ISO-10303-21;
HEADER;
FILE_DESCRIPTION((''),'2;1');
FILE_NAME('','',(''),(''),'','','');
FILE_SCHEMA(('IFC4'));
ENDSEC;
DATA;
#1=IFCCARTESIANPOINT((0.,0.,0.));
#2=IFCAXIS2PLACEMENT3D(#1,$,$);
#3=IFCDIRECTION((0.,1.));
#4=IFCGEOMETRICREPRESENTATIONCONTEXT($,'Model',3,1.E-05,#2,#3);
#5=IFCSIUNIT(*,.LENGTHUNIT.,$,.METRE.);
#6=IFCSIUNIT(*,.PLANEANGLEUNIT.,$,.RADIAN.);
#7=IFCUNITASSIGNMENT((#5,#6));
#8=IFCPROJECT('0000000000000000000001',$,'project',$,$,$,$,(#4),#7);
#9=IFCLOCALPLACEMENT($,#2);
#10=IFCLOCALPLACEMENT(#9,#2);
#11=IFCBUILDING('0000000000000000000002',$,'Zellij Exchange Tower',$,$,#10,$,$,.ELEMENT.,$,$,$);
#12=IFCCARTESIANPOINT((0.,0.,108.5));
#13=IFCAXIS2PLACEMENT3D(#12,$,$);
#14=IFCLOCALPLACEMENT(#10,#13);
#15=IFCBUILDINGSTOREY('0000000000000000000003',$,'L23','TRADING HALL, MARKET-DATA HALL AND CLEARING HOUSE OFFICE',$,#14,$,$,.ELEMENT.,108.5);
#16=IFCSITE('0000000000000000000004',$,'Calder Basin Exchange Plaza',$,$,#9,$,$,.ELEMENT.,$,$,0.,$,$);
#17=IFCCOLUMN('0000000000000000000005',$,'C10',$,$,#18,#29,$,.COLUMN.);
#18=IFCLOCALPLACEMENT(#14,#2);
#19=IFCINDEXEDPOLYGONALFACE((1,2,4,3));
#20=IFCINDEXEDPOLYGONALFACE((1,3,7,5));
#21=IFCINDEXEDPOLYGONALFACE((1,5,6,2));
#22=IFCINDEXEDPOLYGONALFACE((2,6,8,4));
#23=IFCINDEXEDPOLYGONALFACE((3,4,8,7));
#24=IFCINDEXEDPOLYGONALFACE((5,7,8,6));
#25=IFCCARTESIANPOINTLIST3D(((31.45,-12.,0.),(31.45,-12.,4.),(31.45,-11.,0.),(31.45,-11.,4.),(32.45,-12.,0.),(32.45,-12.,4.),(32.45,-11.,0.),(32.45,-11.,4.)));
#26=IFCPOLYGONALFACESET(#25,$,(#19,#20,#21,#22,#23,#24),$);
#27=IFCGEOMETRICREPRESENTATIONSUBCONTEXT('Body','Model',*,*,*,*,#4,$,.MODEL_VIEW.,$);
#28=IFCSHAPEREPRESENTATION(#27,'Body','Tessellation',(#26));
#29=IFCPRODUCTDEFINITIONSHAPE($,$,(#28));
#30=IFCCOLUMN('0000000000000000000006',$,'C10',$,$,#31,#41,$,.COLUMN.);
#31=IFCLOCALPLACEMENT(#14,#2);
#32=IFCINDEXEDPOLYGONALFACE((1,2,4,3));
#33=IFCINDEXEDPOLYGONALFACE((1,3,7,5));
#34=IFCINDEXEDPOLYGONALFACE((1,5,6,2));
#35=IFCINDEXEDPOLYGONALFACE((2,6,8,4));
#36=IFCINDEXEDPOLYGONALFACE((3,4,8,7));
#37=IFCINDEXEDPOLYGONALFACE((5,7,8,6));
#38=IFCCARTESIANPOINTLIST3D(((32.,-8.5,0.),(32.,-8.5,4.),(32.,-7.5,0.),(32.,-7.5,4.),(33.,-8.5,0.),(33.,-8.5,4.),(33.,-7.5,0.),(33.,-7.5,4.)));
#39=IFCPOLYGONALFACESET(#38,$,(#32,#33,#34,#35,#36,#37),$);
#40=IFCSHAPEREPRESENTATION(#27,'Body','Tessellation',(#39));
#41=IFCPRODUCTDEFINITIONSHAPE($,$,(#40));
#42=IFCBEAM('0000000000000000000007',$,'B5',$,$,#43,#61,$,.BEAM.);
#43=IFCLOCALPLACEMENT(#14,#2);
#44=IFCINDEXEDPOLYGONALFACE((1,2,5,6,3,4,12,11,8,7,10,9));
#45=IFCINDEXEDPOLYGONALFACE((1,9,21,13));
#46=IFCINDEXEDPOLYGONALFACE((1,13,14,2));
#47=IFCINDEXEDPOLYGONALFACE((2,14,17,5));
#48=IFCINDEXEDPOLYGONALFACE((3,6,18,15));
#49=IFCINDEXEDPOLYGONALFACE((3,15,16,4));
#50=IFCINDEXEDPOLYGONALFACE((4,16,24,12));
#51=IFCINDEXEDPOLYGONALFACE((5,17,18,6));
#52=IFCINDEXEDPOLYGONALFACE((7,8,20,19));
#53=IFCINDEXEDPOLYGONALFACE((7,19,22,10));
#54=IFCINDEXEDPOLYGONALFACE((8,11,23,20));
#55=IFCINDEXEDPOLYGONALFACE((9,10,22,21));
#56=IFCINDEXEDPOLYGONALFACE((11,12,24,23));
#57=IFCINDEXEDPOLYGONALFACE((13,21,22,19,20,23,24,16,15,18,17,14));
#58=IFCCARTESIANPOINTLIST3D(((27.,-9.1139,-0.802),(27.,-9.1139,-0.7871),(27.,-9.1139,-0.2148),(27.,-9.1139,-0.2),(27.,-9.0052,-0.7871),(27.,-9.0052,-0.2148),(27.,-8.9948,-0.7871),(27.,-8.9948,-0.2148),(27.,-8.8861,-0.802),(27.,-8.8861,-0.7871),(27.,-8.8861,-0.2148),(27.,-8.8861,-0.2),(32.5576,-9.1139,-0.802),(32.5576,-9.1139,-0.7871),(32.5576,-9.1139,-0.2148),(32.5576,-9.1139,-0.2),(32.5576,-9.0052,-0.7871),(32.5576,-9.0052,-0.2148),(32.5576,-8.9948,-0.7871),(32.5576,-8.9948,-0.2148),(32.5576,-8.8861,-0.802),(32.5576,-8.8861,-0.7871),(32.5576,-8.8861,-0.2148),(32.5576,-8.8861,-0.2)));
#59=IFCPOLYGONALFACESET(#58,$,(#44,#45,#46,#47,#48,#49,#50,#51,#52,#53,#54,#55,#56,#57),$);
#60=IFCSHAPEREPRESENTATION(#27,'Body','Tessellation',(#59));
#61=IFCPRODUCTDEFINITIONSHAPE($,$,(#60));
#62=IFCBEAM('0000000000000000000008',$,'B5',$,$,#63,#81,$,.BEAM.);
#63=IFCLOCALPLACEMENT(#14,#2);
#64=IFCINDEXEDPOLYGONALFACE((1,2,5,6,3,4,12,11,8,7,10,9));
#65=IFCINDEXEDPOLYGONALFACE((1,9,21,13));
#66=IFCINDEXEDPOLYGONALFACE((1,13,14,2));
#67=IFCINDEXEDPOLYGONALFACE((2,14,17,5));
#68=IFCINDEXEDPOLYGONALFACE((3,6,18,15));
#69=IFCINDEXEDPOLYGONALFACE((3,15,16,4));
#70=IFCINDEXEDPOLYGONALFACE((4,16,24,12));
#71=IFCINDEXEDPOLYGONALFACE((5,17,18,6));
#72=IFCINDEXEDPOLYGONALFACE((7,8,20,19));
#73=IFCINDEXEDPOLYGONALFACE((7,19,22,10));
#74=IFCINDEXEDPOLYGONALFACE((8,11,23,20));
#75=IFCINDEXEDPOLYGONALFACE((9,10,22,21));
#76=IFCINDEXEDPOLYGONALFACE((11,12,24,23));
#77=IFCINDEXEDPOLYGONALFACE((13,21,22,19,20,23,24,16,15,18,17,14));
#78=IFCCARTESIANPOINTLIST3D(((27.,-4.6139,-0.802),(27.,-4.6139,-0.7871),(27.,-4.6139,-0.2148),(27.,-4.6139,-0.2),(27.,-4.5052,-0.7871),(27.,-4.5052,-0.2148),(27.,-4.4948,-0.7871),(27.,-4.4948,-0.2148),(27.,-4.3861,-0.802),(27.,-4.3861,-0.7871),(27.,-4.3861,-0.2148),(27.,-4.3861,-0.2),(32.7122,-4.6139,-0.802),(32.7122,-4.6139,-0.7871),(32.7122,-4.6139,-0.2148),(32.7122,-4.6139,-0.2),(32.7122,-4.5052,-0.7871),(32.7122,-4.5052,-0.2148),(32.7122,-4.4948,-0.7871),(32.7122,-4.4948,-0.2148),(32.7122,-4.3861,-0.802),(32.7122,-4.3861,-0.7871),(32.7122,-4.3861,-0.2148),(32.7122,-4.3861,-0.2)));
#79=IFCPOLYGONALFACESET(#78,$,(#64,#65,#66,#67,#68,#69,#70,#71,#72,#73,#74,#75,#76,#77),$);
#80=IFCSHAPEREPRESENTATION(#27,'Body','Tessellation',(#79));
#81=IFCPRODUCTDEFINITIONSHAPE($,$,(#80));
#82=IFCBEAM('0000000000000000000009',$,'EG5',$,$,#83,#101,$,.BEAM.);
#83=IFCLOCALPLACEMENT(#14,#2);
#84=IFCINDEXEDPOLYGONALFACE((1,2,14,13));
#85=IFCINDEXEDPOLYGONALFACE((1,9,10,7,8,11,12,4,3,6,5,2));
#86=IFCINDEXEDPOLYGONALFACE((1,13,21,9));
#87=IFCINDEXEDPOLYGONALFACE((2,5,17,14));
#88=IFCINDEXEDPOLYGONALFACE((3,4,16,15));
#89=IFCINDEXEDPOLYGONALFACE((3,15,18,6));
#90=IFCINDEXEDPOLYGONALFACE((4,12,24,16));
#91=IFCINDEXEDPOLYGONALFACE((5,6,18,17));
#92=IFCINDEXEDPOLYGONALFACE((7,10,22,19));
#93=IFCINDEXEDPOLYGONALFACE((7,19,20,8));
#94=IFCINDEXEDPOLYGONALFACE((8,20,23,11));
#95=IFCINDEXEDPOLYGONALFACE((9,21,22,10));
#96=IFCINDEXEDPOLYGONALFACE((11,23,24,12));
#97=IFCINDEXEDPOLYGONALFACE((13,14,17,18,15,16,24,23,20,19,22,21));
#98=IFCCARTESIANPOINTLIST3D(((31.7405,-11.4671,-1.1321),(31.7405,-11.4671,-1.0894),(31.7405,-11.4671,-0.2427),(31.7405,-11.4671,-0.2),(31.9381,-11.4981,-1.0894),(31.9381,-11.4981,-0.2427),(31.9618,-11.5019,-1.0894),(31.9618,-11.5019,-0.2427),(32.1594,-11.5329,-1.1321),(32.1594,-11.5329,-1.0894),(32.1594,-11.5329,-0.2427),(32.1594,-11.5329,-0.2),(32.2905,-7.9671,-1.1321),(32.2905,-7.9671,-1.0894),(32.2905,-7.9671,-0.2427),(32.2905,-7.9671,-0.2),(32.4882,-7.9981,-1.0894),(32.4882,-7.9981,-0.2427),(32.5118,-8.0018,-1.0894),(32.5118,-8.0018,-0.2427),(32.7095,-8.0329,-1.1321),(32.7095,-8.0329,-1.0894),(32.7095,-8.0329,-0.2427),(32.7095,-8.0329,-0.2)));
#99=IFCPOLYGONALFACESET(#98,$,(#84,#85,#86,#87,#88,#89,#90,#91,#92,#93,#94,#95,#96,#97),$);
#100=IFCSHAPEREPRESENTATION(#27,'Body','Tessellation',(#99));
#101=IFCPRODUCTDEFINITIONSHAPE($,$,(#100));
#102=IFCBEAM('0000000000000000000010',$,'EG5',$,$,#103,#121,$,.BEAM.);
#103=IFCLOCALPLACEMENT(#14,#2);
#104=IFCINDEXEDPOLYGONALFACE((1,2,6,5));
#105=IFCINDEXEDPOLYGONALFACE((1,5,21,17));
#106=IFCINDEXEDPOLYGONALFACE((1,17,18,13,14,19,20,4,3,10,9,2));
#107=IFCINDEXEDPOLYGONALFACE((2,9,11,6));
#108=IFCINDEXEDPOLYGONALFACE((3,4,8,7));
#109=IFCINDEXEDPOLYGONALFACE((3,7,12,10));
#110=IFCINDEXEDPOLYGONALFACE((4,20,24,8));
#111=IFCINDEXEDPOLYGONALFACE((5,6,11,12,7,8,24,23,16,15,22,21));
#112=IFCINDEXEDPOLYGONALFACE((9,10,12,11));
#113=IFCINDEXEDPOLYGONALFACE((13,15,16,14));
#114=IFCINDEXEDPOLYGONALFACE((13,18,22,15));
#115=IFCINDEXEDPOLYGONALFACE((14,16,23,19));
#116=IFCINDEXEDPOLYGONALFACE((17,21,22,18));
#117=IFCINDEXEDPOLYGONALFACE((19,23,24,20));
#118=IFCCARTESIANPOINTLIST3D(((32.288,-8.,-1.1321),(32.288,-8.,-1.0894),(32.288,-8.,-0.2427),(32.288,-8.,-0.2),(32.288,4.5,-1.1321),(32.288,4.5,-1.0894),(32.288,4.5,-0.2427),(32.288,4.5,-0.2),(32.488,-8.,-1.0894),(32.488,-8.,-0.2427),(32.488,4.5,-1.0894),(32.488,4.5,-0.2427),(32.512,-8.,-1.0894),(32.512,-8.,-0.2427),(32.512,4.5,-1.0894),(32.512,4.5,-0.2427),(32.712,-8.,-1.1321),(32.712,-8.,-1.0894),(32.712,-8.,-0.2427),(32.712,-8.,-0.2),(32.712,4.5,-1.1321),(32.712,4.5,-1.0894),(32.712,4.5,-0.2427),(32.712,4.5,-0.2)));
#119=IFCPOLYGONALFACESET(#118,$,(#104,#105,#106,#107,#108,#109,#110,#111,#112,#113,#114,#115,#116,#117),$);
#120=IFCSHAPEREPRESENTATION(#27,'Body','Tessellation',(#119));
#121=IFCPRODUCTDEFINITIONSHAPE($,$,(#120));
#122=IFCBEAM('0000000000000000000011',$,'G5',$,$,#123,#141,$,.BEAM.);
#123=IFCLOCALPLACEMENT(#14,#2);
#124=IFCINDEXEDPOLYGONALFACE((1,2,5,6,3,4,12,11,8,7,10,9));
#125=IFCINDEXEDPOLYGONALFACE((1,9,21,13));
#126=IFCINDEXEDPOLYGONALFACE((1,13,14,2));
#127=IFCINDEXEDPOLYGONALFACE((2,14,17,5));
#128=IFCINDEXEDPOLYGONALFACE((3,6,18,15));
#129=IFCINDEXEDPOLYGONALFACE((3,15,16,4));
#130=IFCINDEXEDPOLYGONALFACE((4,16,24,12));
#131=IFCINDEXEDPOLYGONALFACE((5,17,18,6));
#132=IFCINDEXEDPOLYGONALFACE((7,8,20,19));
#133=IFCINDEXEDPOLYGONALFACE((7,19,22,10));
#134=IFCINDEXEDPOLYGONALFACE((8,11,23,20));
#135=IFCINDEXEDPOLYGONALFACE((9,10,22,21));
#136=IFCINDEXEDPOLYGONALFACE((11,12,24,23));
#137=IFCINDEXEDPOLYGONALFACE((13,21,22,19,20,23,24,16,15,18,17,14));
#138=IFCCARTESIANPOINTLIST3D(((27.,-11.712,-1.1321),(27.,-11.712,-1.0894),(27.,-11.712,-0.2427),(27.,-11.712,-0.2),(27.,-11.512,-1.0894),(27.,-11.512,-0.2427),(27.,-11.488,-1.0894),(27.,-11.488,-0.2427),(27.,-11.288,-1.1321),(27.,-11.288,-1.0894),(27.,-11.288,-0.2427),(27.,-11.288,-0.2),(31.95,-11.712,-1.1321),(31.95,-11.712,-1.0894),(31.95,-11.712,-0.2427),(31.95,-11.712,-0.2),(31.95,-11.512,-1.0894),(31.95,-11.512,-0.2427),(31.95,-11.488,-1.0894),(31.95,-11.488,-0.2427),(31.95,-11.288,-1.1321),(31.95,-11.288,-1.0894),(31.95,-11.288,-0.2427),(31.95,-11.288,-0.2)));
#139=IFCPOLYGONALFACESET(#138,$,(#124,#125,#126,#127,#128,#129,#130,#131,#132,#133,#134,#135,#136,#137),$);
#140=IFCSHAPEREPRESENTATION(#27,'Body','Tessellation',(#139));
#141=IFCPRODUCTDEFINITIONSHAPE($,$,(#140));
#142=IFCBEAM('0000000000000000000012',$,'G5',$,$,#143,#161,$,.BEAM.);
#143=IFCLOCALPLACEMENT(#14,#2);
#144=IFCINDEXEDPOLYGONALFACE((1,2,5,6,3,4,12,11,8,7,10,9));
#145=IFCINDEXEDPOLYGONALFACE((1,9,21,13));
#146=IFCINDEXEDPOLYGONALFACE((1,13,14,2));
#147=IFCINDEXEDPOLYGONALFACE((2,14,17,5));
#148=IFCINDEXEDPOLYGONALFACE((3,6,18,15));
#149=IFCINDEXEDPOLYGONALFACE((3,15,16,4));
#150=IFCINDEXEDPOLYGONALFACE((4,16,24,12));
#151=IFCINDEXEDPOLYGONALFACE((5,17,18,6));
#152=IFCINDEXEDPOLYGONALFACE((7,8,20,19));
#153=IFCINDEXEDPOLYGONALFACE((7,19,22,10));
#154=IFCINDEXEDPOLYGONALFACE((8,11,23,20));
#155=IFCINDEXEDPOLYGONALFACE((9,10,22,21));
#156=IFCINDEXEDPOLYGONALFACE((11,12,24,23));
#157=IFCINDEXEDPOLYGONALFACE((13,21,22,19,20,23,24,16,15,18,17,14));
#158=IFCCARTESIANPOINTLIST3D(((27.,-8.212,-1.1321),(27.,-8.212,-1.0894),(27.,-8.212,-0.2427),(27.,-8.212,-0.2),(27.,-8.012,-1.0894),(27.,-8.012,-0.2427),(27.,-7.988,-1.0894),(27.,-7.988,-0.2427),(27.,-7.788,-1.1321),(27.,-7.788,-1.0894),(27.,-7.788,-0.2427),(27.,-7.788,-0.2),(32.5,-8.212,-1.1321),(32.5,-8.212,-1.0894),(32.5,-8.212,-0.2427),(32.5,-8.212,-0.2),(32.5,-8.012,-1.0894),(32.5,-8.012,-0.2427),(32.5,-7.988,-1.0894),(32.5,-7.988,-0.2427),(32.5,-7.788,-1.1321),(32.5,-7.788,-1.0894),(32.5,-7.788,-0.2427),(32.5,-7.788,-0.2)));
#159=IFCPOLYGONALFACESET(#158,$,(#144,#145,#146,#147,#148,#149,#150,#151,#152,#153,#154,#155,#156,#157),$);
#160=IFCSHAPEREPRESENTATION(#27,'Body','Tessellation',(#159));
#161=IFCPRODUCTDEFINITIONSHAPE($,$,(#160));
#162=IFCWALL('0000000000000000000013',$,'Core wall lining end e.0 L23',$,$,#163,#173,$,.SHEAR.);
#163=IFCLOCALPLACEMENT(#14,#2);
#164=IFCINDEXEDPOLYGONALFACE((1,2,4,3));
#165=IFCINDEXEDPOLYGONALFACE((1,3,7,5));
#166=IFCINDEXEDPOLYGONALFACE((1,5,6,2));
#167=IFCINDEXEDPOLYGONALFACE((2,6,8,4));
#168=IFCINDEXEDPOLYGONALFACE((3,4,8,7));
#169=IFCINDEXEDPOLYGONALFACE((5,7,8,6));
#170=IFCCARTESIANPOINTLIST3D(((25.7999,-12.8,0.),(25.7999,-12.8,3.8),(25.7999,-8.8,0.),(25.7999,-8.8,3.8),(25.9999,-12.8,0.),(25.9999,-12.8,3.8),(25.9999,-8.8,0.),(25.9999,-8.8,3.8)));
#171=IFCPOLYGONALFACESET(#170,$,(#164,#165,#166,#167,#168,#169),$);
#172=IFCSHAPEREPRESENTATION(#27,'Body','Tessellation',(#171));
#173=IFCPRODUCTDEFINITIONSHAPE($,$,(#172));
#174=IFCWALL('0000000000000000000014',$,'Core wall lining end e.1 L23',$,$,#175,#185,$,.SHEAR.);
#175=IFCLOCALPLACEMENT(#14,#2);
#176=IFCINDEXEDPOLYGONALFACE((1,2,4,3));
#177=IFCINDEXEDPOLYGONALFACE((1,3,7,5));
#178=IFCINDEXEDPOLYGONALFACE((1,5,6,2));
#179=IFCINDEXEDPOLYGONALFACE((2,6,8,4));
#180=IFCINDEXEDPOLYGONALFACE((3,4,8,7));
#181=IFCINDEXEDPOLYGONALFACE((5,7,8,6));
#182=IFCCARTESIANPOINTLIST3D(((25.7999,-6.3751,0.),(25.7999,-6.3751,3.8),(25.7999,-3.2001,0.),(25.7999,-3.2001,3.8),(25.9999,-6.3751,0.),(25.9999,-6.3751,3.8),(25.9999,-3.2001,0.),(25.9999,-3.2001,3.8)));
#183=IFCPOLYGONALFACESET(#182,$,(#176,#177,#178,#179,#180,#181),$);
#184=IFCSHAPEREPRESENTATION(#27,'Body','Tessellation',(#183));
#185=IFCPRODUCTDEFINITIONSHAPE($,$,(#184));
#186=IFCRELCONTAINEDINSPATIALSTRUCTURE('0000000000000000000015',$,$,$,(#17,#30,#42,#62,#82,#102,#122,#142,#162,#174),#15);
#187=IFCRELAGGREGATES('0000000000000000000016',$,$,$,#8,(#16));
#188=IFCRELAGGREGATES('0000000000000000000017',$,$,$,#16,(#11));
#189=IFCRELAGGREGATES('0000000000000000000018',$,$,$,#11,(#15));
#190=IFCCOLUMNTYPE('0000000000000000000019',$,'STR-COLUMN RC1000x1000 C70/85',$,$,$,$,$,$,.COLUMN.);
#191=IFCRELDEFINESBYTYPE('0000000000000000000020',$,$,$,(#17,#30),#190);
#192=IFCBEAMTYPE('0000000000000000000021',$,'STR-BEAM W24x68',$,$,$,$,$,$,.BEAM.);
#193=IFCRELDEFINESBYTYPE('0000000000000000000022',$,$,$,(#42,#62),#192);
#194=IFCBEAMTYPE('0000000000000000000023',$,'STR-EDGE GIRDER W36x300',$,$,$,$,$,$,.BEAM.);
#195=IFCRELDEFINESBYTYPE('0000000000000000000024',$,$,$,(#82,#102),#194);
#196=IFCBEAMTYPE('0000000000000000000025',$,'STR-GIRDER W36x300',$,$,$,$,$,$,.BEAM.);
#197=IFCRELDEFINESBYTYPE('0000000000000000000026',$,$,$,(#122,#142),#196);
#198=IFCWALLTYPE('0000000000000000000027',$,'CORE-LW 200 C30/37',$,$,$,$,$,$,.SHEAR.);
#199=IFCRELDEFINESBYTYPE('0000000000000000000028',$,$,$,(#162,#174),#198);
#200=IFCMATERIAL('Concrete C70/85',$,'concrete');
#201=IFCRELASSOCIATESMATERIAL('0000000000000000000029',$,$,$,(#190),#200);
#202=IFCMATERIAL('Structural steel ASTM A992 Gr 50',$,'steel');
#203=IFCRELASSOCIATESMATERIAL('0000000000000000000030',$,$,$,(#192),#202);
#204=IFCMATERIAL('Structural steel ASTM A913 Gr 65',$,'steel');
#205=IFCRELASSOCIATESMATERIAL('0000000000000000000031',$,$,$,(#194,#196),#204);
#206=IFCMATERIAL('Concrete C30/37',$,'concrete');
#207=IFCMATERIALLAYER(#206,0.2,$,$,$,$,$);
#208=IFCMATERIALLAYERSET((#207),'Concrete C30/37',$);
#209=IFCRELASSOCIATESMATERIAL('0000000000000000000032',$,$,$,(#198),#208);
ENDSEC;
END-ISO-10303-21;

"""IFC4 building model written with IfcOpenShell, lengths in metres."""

from ifc_helpers import new_model, si_unit, direction, frame, frame_2d, origin, origin_2d, place, context, subcontext, project, spatial, rectangle, i_section, extrude, material, layer, layer_set, material_profile, profile_set, type_object, element, save


model = new_model("IFC4")

# Units and contexts
model_context = context("Model", 3, precision=1e-05, world=origin(), true_north=direction((0.0, 1.0)))
body_context = subcontext(model_context, "Body", "Model", "MODEL_VIEW")
ifc_project = project(units=[si_unit("LENGTHUNIT", "METRE"), si_unit("PLANEANGLEUNIT", "RADIAN")], contexts=[model_context])

# Site, building, storey
site_placement = place(None, origin())
site = spatial("IfcSite", under=ifc_project, at=site_placement, Name="Calder Basin Exchange Plaza", CompositionType="ELEMENT", RefElevation=0.0)
building_placement = place(site_placement, origin())
building = spatial("IfcBuilding", under=site, at=building_placement, Name="Zellij Exchange Tower", CompositionType="ELEMENT")
storey_placement = place(building_placement, frame((0.0, 0.0, 108.5)))
storey = spatial("IfcBuildingStorey", under=building, at=storey_placement, Name="L23", Description="TRADING HALL, MARKET-DATA HALL AND CLEARING HOUSE OFFICE", CompositionType="ELEMENT", Elevation=108.5)

# Columns
ifc_material_1 = material(Name="Concrete C70/85", Category="concrete")
ifc_material_profile_1 = material_profile(ifc_material_1, rectangle(XDim=1.0, YDim=1.0, at=origin_2d()), Name="STR-COLUMN RC1000x1000 C70/85")
ifc_profile_set_1 = profile_set([ifc_material_profile_1], Name="Concrete C70/85")
column_type = type_object("IfcColumnType", Name="STR-COLUMN RC1000x1000 C70/85", PredefinedType="COLUMN", material=ifc_profile_set_1)
for number, where, z_axis, x_axis, name in (
    (1, (31.95, -11.5, 0.0), (0.0, 0.0, 1.0), (1.0, 0.0, 0.0), "C10"),
    (2, (32.5, -8.0, 0.0), (0.0, 0.0, 1.0), (1.0, 0.0, 0.0), "C10"),
):
    element("IfcColumn", number, at=place(storey_placement, frame(where, z_axis=z_axis, x_axis=x_axis)), inside=storey, type_object=column_type, Name=name, PredefinedType="COLUMN", context=body_context, shape_type="SweptSolid", body=[
        extrude(rectangle(XDim=1.0, YDim=1.0, at=origin_2d()), origin(), (0.0, 0.0, 1.0), 4.0),
    ])

# Beams
ifc_material_2 = material(Name="Structural steel ASTM A992 Gr 50", Category="steel")
ifc_material_profile_2 = material_profile(ifc_material_2, i_section(OverallWidth=0.2278, OverallDepth=0.6021, WebThickness=0.0105, FlangeThickness=0.0149, at=origin_2d()), Name="W24x68")
ifc_profile_set_2 = profile_set([ifc_material_profile_2], Name="Structural steel ASTM A992 Gr 50")
beam_type_1 = type_object("IfcBeamType", Name="STR-BEAM W24x68", PredefinedType="BEAM", material=ifc_profile_set_2)
beam_1_placement = place(storey_placement, frame((27.0, -9.0, -0.501), z_axis=(1.0, 0.0, 0.0), x_axis=(0.0, 1.0, 0.0)))
element("IfcBeam", 3, at=beam_1_placement, inside=storey, type_object=beam_type_1, Name="B5", PredefinedType="BEAM", context=body_context, shape_type="SweptSolid", body=[
    extrude(i_section(OverallWidth=0.2278, OverallDepth=0.6021, WebThickness=0.0105, FlangeThickness=0.0149, at=origin_2d()), origin(), (0.0, 0.0, 1.0), 5.5576),
])
beam_2_placement = place(storey_placement, frame((27.0, -4.5, -0.501), z_axis=(1.0, 0.0, 0.0), x_axis=(0.0, 1.0, 0.0)))
element("IfcBeam", 4, at=beam_2_placement, inside=storey, type_object=beam_type_1, Name="B5", PredefinedType="BEAM", context=body_context, shape_type="SweptSolid", body=[
    extrude(i_section(OverallWidth=0.2278, OverallDepth=0.6021, WebThickness=0.0105, FlangeThickness=0.0149, at=origin_2d()), origin(), (0.0, 0.0, 1.0), 5.7122),
])
ifc_material_3 = material(Name="Structural steel ASTM A913 Gr 65", Category="steel")
ifc_material_profile_3 = material_profile(ifc_material_3, i_section(OverallWidth=0.4241, OverallDepth=0.9321, WebThickness=0.0239, FlangeThickness=0.0427, at=origin_2d()), Name="W36x300")
ifc_profile_set_3 = profile_set([ifc_material_profile_3], Name="Structural steel ASTM A913 Gr 65")
beam_type_2 = type_object("IfcBeamType", Name="STR-EDGE GIRDER W36x300", PredefinedType="BEAM", material=ifc_profile_set_3)
beam_3_placement = place(storey_placement, frame((31.95, -11.5, -0.666), z_axis=(0.155251, 0.987875, 0.0), x_axis=(-0.987875, 0.155251, 0.0)))
element("IfcBeam", 5, at=beam_3_placement, inside=storey, type_object=beam_type_2, Name="EG5", PredefinedType="BEAM", context=body_context, shape_type="SweptSolid", body=[
    extrude(i_section(OverallWidth=0.4241, OverallDepth=0.9321, WebThickness=0.0239, FlangeThickness=0.0427, at=origin_2d()), origin(), (0.0, 0.0, 1.0), 3.543),
])
beam_4_placement = place(storey_placement, frame((32.5, -8.0, -0.666), z_axis=(0.0, 1.0, 0.0), x_axis=(-1.0, 0.0, 0.0)))
element("IfcBeam", 6, at=beam_4_placement, inside=storey, type_object=beam_type_2, Name="EG5", PredefinedType="BEAM", context=body_context, shape_type="SweptSolid", body=[
    extrude(i_section(OverallWidth=0.4241, OverallDepth=0.9321, WebThickness=0.0239, FlangeThickness=0.0427, at=origin_2d()), origin(), (0.0, 0.0, 1.0), 12.5),
])
ifc_material_profile_4 = material_profile(ifc_material_3, i_section(OverallWidth=0.4241, OverallDepth=0.9321, WebThickness=0.0239, FlangeThickness=0.0427, at=origin_2d()), Name="W36x300")
ifc_profile_set_4 = profile_set([ifc_material_profile_4], Name="Structural steel ASTM A913 Gr 65")
beam_type_3 = type_object("IfcBeamType", Name="STR-GIRDER W36x300", PredefinedType="BEAM", material=ifc_profile_set_4)
beam_5_placement = place(storey_placement, frame((27.0, -11.5, -0.666), z_axis=(1.0, 0.0, 0.0), x_axis=(0.0, 1.0, 0.0)))
element("IfcBeam", 7, at=beam_5_placement, inside=storey, type_object=beam_type_3, Name="G5", PredefinedType="BEAM", context=body_context, shape_type="SweptSolid", body=[
    extrude(i_section(OverallWidth=0.4241, OverallDepth=0.9321, WebThickness=0.0239, FlangeThickness=0.0427, at=origin_2d()), origin(), (0.0, 0.0, 1.0), 4.95),
])
beam_6_placement = place(storey_placement, frame((27.0, -8.0, -0.666), z_axis=(1.0, 0.0, 0.0), x_axis=(0.0, 1.0, 0.0)))
element("IfcBeam", 8, at=beam_6_placement, inside=storey, type_object=beam_type_3, Name="G5", PredefinedType="BEAM", context=body_context, shape_type="SweptSolid", body=[
    extrude(i_section(OverallWidth=0.4241, OverallDepth=0.9321, WebThickness=0.0239, FlangeThickness=0.0427, at=origin_2d()), origin(), (0.0, 0.0, 1.0), 5.5),
])

# Walls
ifc_material_4 = material(Name="Concrete C30/37", Category="concrete")
ifc_layer_1 = layer(ifc_material_4, 0.2)
ifc_layer_set_1 = layer_set([ifc_layer_1], Name="Concrete C30/37")
wall_type_1 = type_object("IfcWallType", Name="CORE-LW 200 C30/37", PredefinedType="SHEAR", material=ifc_layer_set_1)
wall_1_placement = place(storey_placement, frame((25.8999, -12.8, 0.0), z_axis=(0.0, 0.0, 1.0), x_axis=(0.0, 1.0, 0.0)))
element("IfcWall", 9, at=wall_1_placement, inside=storey, type_object=wall_type_1, Name="Core wall lining end e.0 L23", PredefinedType="SHEAR", context=body_context, shape_type="SweptSolid", body=[
    extrude(rectangle(XDim=4.0, YDim=0.2, at=frame_2d((2.0, 0.0))), origin(), (0.0, 0.0, 1.0), 3.8),
])
wall_2_placement = place(storey_placement, frame((25.8999, -6.375, 0.0), z_axis=(0.0, 0.0, 1.0), x_axis=(0.0, 1.0, 0.0)))
element("IfcWall", 10, at=wall_2_placement, inside=storey, type_object=wall_type_1, Name="Core wall lining end e.1 L23", PredefinedType="SHEAR", context=body_context, shape_type="SweptSolid", body=[
    extrude(rectangle(XDim=3.175, YDim=0.2, at=frame_2d((1.5874, 0.0))), origin(), (0.0, 0.0, 1.0), 3.8),
])

save(model, "model.ifc")
